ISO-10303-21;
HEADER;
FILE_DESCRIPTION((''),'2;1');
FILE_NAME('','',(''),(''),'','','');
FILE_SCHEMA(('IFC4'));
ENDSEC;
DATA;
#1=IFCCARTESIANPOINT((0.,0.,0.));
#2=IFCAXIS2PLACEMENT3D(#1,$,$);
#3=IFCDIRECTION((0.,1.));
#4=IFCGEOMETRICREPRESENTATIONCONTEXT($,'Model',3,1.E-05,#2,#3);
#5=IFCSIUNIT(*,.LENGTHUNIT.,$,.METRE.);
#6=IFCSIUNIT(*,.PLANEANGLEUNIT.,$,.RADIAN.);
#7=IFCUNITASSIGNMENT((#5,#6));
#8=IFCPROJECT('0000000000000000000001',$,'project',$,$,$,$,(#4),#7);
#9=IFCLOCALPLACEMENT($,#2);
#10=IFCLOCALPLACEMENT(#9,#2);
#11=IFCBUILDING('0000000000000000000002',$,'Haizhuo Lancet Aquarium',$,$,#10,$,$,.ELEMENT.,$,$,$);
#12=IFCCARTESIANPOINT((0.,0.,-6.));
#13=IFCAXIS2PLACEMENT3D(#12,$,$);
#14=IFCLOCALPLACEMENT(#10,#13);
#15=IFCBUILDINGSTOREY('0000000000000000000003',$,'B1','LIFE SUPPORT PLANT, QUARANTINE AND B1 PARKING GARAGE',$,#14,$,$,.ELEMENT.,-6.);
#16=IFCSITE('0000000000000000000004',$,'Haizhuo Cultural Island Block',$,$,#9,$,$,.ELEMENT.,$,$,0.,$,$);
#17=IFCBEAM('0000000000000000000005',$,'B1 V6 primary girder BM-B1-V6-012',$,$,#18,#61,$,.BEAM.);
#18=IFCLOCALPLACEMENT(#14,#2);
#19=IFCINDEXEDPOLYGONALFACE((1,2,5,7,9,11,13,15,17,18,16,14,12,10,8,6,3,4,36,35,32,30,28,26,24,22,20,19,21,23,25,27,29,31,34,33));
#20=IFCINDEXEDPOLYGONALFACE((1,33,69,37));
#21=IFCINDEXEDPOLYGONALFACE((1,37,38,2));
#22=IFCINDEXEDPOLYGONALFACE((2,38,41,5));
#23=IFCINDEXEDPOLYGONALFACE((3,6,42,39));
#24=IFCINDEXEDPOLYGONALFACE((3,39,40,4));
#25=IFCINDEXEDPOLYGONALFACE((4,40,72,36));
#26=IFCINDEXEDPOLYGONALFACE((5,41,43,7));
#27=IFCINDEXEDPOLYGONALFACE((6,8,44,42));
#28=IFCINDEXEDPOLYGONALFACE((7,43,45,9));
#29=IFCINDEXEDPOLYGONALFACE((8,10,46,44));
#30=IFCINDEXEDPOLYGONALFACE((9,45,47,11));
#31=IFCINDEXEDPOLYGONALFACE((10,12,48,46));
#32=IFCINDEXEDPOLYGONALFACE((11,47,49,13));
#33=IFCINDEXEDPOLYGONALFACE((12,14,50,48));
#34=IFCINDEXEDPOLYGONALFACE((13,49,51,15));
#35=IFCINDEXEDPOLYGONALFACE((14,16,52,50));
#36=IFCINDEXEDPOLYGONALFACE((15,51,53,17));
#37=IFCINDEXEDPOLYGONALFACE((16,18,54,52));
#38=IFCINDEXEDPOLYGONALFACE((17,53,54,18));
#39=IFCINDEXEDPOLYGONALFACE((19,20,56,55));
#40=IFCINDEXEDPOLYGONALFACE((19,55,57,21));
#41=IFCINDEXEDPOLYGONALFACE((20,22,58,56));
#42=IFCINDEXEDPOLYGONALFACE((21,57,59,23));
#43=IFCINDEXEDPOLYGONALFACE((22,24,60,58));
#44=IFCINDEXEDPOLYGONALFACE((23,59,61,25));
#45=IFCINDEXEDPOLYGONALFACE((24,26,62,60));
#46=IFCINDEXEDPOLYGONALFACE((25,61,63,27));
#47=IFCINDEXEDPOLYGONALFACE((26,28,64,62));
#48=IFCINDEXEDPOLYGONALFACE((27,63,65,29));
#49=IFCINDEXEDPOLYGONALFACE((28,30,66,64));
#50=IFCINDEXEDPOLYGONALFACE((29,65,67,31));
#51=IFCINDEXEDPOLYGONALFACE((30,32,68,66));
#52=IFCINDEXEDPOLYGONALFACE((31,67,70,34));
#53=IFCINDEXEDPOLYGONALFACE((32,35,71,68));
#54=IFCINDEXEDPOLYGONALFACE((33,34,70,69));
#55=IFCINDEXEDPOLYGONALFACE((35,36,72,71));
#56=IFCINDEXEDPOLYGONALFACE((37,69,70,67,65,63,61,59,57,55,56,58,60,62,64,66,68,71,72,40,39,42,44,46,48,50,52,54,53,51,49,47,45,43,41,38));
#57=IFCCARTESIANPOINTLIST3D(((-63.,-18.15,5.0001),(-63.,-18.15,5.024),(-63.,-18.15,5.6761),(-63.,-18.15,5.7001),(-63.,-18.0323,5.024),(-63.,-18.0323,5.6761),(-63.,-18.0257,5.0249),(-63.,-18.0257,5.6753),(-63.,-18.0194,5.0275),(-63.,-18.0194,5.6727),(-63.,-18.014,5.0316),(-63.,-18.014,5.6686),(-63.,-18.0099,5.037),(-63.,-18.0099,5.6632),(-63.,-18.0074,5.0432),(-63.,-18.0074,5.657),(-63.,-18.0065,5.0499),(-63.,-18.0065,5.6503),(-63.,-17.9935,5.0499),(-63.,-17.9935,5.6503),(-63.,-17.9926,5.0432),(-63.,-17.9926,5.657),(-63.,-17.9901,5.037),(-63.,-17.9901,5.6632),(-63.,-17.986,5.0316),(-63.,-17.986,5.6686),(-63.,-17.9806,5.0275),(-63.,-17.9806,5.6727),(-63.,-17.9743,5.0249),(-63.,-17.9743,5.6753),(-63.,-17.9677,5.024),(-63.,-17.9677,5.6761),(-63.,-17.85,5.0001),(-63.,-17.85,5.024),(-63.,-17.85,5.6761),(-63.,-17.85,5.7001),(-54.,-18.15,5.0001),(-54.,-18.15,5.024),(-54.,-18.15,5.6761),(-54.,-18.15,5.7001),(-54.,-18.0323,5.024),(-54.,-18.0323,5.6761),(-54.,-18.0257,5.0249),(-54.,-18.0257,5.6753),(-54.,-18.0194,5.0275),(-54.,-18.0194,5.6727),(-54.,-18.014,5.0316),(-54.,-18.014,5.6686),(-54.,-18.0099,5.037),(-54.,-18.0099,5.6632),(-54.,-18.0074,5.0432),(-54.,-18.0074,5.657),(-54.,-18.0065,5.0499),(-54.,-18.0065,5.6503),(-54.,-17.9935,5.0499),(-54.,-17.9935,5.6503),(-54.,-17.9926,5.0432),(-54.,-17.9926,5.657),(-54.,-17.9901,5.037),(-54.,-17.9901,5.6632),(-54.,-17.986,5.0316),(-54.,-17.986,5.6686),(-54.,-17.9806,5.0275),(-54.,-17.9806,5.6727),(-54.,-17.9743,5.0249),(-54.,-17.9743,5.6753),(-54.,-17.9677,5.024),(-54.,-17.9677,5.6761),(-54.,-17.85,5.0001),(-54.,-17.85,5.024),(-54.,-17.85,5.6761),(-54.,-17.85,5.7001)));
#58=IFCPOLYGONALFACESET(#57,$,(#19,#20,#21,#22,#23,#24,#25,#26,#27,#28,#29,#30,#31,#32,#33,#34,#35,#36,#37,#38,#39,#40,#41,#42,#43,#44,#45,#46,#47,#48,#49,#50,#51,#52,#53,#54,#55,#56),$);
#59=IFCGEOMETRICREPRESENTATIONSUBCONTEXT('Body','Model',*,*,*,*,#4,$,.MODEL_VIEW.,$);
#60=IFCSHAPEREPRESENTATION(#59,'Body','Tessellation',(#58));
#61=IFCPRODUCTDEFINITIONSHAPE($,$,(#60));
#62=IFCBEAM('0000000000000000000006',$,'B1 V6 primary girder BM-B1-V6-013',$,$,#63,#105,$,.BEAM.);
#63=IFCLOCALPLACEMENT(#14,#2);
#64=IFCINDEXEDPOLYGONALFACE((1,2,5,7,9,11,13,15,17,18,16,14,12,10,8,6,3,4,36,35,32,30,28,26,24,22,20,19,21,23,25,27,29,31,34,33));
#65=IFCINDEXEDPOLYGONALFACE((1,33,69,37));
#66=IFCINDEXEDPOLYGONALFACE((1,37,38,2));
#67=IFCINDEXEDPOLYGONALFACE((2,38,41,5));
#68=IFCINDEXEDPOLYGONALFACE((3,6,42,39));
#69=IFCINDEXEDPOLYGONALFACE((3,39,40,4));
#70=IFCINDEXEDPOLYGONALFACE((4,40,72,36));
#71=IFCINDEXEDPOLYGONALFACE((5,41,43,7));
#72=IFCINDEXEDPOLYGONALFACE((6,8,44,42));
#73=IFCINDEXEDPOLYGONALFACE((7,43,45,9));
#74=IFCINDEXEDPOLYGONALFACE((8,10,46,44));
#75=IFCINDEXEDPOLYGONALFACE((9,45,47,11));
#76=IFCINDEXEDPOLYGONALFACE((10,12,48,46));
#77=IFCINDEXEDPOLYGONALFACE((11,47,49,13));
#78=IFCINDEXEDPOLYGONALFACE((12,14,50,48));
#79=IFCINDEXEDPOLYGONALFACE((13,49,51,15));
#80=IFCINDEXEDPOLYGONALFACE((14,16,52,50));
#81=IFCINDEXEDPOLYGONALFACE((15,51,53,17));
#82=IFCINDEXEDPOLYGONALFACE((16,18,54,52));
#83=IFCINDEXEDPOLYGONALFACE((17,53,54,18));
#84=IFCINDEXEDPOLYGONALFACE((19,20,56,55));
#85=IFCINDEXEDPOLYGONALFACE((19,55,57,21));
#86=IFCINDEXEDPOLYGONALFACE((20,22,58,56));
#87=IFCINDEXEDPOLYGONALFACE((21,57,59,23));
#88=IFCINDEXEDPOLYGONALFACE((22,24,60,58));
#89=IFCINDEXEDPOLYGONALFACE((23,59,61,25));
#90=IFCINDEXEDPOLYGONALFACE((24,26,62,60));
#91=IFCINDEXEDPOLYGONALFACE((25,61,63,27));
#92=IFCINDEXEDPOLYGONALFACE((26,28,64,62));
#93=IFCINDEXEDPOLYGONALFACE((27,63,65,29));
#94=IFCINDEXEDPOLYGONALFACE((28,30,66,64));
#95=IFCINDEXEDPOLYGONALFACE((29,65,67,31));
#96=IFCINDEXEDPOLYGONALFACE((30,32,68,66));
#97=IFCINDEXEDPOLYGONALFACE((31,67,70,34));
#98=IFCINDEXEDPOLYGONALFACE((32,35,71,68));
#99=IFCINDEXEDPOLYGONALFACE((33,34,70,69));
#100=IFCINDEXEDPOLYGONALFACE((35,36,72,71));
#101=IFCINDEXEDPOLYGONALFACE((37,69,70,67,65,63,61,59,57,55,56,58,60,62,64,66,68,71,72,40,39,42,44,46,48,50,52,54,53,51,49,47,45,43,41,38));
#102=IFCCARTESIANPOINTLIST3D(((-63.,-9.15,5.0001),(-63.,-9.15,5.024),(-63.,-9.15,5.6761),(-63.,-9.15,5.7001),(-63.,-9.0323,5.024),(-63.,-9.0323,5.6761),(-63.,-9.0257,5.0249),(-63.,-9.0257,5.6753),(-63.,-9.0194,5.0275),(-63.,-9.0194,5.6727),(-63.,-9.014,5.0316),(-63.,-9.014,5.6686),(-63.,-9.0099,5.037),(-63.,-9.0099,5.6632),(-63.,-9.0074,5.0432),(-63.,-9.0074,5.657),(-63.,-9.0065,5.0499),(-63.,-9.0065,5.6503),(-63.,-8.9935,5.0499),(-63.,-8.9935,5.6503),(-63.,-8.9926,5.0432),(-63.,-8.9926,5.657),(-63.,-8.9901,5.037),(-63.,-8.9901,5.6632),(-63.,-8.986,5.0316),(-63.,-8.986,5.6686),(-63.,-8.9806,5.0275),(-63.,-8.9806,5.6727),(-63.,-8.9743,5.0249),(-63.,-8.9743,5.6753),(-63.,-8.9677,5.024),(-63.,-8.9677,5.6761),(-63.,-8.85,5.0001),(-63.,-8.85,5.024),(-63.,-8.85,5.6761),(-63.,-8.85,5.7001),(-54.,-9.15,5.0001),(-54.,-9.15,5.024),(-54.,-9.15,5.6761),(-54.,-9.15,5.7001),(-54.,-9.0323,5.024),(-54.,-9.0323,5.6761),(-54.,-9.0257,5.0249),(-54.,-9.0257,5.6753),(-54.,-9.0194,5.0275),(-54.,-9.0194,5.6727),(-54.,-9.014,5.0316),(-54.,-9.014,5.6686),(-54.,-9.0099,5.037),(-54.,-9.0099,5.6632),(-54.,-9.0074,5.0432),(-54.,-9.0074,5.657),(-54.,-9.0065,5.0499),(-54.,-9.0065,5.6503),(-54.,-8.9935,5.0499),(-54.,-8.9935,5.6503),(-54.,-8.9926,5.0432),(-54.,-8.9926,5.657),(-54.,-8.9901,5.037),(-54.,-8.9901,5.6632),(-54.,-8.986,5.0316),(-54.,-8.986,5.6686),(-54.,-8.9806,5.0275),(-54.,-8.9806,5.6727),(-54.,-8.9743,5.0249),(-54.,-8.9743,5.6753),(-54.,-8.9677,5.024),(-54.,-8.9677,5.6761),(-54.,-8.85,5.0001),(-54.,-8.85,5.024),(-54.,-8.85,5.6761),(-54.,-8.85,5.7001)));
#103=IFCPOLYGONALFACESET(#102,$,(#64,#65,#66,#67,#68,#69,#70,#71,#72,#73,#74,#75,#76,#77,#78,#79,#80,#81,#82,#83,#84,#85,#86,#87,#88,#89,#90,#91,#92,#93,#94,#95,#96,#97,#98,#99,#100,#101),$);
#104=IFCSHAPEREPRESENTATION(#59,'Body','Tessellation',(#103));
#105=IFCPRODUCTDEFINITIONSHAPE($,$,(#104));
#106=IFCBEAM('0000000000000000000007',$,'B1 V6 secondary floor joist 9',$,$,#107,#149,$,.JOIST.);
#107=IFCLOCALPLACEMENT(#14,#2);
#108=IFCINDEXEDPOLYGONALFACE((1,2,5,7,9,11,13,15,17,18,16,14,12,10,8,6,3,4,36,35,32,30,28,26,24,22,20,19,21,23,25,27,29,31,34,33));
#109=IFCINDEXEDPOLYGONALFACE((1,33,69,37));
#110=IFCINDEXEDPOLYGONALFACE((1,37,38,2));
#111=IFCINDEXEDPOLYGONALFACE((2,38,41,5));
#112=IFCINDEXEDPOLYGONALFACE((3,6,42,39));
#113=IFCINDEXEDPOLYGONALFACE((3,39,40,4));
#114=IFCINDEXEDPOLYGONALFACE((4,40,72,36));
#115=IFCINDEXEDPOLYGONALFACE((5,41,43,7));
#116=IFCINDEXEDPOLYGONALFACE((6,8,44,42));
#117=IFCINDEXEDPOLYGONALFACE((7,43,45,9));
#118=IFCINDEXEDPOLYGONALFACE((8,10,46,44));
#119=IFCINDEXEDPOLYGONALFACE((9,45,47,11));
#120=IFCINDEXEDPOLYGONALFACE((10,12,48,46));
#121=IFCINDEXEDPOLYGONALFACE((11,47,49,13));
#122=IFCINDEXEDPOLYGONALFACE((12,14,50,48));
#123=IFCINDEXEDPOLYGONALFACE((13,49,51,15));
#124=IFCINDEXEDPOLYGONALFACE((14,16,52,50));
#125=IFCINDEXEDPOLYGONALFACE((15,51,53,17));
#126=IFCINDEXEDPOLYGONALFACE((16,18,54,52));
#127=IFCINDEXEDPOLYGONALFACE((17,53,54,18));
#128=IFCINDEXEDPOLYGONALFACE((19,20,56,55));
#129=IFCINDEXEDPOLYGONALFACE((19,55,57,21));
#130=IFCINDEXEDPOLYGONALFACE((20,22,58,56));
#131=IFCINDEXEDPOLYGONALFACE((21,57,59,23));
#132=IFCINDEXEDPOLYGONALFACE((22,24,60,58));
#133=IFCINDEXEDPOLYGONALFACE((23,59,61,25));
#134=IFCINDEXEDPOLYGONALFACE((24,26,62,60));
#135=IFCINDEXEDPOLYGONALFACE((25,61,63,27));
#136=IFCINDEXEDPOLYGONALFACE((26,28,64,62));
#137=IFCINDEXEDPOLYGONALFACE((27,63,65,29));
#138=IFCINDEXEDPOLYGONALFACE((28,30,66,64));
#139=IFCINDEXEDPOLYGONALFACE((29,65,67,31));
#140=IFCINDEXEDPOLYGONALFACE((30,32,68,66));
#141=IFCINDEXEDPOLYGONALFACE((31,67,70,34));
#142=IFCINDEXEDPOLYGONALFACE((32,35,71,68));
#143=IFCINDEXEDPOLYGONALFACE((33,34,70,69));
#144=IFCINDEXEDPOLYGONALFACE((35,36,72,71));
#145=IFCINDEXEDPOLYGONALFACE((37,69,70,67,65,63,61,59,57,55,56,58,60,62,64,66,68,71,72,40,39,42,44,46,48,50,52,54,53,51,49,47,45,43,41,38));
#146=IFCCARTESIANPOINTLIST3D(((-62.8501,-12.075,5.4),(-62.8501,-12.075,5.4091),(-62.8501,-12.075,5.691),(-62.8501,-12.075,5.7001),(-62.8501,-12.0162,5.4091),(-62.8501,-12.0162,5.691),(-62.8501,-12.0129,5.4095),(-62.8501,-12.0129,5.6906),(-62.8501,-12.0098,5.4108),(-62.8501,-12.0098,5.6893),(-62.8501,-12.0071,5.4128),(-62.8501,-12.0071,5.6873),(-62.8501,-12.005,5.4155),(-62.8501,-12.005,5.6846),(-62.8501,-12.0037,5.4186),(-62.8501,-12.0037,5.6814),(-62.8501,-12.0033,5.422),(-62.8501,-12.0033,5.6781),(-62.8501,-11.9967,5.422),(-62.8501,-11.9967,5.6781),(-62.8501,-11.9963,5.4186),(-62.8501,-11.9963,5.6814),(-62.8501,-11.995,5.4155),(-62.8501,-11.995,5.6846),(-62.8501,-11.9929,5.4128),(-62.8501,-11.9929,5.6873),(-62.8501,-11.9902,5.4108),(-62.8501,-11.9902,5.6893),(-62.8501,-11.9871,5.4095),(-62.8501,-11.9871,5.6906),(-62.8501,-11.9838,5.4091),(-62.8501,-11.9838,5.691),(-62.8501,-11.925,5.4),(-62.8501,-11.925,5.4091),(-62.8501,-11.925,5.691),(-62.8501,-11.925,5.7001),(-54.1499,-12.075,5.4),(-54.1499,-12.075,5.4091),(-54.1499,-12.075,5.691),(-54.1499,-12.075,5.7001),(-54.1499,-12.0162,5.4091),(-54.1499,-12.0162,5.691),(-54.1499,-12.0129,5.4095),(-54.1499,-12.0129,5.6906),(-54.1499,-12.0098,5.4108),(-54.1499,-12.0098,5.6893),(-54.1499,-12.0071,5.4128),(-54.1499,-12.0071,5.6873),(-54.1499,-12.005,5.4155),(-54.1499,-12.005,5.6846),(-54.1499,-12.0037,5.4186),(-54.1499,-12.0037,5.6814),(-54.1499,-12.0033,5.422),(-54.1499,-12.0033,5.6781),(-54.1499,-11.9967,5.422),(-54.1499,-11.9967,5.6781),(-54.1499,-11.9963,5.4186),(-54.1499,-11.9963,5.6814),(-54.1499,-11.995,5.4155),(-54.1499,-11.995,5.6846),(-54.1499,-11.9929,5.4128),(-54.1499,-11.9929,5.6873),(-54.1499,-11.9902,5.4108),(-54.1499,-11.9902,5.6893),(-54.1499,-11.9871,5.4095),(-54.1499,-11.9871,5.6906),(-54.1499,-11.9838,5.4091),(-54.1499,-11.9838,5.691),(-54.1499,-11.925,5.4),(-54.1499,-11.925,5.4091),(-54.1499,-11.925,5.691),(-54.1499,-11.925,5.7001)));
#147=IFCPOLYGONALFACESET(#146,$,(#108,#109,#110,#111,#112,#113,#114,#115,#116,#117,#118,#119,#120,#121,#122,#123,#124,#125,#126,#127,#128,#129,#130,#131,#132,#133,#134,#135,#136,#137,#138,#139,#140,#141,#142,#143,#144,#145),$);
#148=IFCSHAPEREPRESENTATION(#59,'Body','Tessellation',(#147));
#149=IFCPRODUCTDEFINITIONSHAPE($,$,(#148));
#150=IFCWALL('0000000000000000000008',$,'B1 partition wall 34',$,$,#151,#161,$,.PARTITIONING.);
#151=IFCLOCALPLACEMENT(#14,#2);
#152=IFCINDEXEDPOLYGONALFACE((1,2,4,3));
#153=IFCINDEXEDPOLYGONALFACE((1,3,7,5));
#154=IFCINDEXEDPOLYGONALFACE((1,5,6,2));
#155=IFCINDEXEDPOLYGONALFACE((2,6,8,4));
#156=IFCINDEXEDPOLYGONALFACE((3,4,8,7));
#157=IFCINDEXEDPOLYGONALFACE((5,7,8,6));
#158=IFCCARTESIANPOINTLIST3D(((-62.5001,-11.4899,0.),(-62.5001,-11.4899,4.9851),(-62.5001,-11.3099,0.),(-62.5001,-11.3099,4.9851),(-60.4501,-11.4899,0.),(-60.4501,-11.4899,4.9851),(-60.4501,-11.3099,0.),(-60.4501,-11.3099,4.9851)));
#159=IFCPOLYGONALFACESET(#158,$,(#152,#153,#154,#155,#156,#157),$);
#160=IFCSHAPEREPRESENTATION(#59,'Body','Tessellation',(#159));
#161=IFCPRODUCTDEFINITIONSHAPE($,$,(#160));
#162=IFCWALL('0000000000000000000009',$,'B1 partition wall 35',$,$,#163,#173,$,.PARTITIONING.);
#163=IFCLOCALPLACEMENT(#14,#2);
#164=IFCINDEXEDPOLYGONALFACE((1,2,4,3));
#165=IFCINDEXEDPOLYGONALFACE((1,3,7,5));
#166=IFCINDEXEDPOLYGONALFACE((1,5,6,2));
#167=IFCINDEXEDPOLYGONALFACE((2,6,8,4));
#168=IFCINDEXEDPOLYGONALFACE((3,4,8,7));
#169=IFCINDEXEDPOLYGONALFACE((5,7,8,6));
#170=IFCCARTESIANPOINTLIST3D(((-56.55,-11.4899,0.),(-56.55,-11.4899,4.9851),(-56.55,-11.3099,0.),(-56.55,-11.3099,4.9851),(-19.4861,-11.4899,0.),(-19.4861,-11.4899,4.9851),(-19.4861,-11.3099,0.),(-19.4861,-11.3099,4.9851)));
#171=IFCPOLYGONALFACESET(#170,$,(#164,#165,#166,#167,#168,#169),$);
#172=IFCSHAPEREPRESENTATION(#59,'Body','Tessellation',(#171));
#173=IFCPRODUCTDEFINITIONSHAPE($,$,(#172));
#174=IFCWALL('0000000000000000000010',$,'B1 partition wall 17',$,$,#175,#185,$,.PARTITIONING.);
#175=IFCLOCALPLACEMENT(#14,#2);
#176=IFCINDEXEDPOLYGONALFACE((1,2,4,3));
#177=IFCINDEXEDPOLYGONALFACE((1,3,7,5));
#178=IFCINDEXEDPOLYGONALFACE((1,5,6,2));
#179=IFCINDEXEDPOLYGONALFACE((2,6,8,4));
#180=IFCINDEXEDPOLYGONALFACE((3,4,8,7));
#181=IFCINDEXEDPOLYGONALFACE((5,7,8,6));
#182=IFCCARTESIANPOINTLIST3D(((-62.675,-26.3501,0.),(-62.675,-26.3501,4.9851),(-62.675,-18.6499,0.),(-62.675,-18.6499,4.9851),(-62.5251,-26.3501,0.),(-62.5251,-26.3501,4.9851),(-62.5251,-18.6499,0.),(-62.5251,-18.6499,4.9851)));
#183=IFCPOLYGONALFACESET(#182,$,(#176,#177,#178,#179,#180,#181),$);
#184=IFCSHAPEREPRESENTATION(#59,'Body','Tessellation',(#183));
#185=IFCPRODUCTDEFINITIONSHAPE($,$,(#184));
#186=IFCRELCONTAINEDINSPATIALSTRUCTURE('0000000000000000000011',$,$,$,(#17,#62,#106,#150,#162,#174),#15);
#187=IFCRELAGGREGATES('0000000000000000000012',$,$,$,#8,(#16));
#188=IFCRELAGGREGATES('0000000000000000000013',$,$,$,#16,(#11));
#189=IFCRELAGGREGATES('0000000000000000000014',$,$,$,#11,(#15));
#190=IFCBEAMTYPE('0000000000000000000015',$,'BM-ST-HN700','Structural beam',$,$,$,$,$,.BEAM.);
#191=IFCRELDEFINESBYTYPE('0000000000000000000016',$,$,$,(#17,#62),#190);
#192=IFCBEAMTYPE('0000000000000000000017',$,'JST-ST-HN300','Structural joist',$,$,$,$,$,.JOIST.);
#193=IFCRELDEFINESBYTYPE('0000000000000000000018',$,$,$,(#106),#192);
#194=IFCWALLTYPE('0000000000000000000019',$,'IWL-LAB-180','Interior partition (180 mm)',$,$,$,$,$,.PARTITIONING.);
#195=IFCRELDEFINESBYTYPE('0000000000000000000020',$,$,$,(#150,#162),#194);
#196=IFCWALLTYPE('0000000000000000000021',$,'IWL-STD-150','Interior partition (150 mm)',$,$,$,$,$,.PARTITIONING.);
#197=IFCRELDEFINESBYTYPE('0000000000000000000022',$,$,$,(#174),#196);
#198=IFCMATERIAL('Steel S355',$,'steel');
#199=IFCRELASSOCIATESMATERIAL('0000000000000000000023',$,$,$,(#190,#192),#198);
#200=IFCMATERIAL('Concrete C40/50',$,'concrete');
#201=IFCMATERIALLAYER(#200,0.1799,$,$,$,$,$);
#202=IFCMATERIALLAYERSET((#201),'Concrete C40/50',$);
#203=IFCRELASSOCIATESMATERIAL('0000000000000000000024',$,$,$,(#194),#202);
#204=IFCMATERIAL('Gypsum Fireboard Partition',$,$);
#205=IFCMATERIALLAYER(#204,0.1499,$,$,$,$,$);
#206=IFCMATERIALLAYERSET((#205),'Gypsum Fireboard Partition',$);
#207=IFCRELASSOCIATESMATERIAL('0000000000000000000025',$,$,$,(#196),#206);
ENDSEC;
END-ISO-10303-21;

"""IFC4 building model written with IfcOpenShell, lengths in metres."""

from ifc_helpers import new_model, si_unit, direction, frame, frame_2d, origin, origin_2d, place, context, subcontext, project, spatial, rectangle, i_section, extrude, material, layer, layer_set, material_profile, profile_set, type_object, element, save


model = new_model("IFC4")

# Units and contexts
model_context = context("Model", 3, precision=1e-05, world=origin(), true_north=direction((0.0, 1.0)))
body_context = subcontext(model_context, "Body", "Model", "MODEL_VIEW")
ifc_project = project(units=[si_unit("LENGTHUNIT", "METRE"), si_unit("PLANEANGLEUNIT", "RADIAN")], contexts=[model_context])

# Site, building, storey
site_placement = place(None, origin())
site = spatial("IfcSite", under=ifc_project, at=site_placement, Name="Haizhuo Cultural Island Block", CompositionType="ELEMENT", RefElevation=0.0)
building_placement = place(site_placement, origin())
building = spatial("IfcBuilding", under=site, at=building_placement, Name="Haizhuo Lancet Aquarium", CompositionType="ELEMENT")
storey_placement = place(building_placement, frame((0.0, 0.0, -6.0)))
storey = spatial("IfcBuildingStorey", under=building, at=storey_placement, Name="B1", Description="LIFE SUPPORT PLANT, QUARANTINE AND B1 PARKING GARAGE", CompositionType="ELEMENT", Elevation=-6.0)

# Shared definitions
ifc_material_1 = material(Name="Concrete C40/50", Category="concrete")

# Beams
ifc_material_2 = material(Name="Steel S355", Category="steel")
ifc_material_profile_1 = material_profile(ifc_material_2, i_section(OverallWidth=0.3, OverallDepth=0.7, WebThickness=0.0129, FlangeThickness=0.0239, FilletRadius=0.0259, at=origin_2d()), Name="HN 700x300x13x24")
ifc_profile_set_1 = profile_set([ifc_material_profile_1], Name="Steel S355")
beam_type_1 = type_object("IfcBeamType", Name="BM-ST-HN700", Description="Structural beam", PredefinedType="BEAM", material=ifc_profile_set_1)
for number, where, z_axis, x_axis, name in (
    (1, (-63.0, -18.0, 5.3501), (1.0, 0.0, 0.0), (0.0, 1.0, 0.0), "B1 V6 primary girder BM-B1-V6-012"),
    (2, (-63.0, -9.0, 5.3501), (1.0, 0.0, 0.0), (0.0, 1.0, 0.0), "B1 V6 primary girder BM-B1-V6-013"),
):
    element("IfcBeam", number, at=place(storey_placement, frame(where, z_axis=z_axis, x_axis=x_axis)), inside=storey, type_object=beam_type_1, Name=name, PredefinedType="BEAM", context=body_context, shape_type="SweptSolid", body=[
        extrude(i_section(OverallWidth=0.3, OverallDepth=0.7, WebThickness=0.0129, FlangeThickness=0.0239, FilletRadius=0.0259, at=origin_2d()), origin(), (0.0, 0.0, 1.0), 9.0),
    ])
ifc_material_profile_2 = material_profile(ifc_material_2, i_section(OverallWidth=0.1499, OverallDepth=0.3, WebThickness=0.0066, FlangeThickness=0.009, FilletRadius=0.0129, at=origin_2d()), Name="HN 300x150x6.5x9")
ifc_profile_set_2 = profile_set([ifc_material_profile_2], Name="Steel S355")
beam_type_2 = type_object("IfcBeamType", Name="JST-ST-HN300", Description="Structural joist", PredefinedType="JOIST", material=ifc_profile_set_2)
beam_placement = place(storey_placement, frame((-62.8501, -12.0, 5.55), z_axis=(1.0, 0.0, 0.0), x_axis=(0.0, 1.0, 0.0)))
element("IfcBeam", 3, at=beam_placement, inside=storey, type_object=beam_type_2, Name="B1 V6 secondary floor joist 9", PredefinedType="JOIST", context=body_context, shape_type="SweptSolid", body=[
    extrude(i_section(OverallWidth=0.1499, OverallDepth=0.3, WebThickness=0.0066, FlangeThickness=0.009, FilletRadius=0.0129, at=origin_2d()), origin(), (0.0, 0.0, 1.0), 8.7002),
])

# Walls
ifc_layer_1 = layer(ifc_material_1, 0.1799)
ifc_layer_set_1 = layer_set([ifc_layer_1], Name="Concrete C40/50")
wall_type_1 = type_object("IfcWallType", Name="IWL-LAB-180", Description="Interior partition (180 mm)", PredefinedType="PARTITIONING", material=ifc_layer_set_1)
wall_1_placement = place(storey_placement, frame((-62.5, -11.3999, 0.0), z_axis=(0.0, 0.0, 1.0), x_axis=(1.0, 0.0, 0.0)))
element("IfcWall", 4, at=wall_1_placement, inside=storey, type_object=wall_type_1, Name="B1 partition wall 34", PredefinedType="PARTITIONING", context=body_context, shape_type="SweptSolid", body=[
    extrude(rectangle(XDim=2.05, YDim=0.1799, at=frame_2d((1.0249, 0.0))), origin(), (0.0, 0.0, 1.0), 4.9851),
])
wall_2_placement = place(storey_placement, frame((-56.55, -11.3999, 0.0), z_axis=(0.0, 0.0, 1.0), x_axis=(1.0, 0.0, 0.0)))
element("IfcWall", 5, at=wall_2_placement, inside=storey, type_object=wall_type_1, Name="B1 partition wall 35", PredefinedType="PARTITIONING", context=body_context, shape_type="SweptSolid", body=[
    extrude(rectangle(XDim=37.064, YDim=0.1799, at=frame_2d((18.532, 0.0))), origin(), (0.0, 0.0, 1.0), 4.9851),
])
ifc_material_3 = material(Name="Gypsum Fireboard Partition")
ifc_layer_2 = layer(ifc_material_3, 0.1499)
ifc_layer_set_2 = layer_set([ifc_layer_2], Name="Gypsum Fireboard Partition")
wall_type_2 = type_object("IfcWallType", Name="IWL-STD-150", Description="Interior partition (150 mm)", PredefinedType="PARTITIONING", material=ifc_layer_set_2)
wall_3_placement = place(storey_placement, frame((-62.6001, -18.6499, 0.0), z_axis=(0.0, 0.0, 1.0), x_axis=(0.0, -1.0, 0.0)))
element("IfcWall", 6, at=wall_3_placement, inside=storey, type_object=wall_type_2, Name="B1 partition wall 17", PredefinedType="PARTITIONING", context=body_context, shape_type="SweptSolid", body=[
    extrude(rectangle(XDim=7.7002, YDim=0.1499, at=frame_2d((3.8501, 0.0))), origin(), (0.0, 0.0, 1.0), 4.9851),
])

save(model, "model.ifc")
